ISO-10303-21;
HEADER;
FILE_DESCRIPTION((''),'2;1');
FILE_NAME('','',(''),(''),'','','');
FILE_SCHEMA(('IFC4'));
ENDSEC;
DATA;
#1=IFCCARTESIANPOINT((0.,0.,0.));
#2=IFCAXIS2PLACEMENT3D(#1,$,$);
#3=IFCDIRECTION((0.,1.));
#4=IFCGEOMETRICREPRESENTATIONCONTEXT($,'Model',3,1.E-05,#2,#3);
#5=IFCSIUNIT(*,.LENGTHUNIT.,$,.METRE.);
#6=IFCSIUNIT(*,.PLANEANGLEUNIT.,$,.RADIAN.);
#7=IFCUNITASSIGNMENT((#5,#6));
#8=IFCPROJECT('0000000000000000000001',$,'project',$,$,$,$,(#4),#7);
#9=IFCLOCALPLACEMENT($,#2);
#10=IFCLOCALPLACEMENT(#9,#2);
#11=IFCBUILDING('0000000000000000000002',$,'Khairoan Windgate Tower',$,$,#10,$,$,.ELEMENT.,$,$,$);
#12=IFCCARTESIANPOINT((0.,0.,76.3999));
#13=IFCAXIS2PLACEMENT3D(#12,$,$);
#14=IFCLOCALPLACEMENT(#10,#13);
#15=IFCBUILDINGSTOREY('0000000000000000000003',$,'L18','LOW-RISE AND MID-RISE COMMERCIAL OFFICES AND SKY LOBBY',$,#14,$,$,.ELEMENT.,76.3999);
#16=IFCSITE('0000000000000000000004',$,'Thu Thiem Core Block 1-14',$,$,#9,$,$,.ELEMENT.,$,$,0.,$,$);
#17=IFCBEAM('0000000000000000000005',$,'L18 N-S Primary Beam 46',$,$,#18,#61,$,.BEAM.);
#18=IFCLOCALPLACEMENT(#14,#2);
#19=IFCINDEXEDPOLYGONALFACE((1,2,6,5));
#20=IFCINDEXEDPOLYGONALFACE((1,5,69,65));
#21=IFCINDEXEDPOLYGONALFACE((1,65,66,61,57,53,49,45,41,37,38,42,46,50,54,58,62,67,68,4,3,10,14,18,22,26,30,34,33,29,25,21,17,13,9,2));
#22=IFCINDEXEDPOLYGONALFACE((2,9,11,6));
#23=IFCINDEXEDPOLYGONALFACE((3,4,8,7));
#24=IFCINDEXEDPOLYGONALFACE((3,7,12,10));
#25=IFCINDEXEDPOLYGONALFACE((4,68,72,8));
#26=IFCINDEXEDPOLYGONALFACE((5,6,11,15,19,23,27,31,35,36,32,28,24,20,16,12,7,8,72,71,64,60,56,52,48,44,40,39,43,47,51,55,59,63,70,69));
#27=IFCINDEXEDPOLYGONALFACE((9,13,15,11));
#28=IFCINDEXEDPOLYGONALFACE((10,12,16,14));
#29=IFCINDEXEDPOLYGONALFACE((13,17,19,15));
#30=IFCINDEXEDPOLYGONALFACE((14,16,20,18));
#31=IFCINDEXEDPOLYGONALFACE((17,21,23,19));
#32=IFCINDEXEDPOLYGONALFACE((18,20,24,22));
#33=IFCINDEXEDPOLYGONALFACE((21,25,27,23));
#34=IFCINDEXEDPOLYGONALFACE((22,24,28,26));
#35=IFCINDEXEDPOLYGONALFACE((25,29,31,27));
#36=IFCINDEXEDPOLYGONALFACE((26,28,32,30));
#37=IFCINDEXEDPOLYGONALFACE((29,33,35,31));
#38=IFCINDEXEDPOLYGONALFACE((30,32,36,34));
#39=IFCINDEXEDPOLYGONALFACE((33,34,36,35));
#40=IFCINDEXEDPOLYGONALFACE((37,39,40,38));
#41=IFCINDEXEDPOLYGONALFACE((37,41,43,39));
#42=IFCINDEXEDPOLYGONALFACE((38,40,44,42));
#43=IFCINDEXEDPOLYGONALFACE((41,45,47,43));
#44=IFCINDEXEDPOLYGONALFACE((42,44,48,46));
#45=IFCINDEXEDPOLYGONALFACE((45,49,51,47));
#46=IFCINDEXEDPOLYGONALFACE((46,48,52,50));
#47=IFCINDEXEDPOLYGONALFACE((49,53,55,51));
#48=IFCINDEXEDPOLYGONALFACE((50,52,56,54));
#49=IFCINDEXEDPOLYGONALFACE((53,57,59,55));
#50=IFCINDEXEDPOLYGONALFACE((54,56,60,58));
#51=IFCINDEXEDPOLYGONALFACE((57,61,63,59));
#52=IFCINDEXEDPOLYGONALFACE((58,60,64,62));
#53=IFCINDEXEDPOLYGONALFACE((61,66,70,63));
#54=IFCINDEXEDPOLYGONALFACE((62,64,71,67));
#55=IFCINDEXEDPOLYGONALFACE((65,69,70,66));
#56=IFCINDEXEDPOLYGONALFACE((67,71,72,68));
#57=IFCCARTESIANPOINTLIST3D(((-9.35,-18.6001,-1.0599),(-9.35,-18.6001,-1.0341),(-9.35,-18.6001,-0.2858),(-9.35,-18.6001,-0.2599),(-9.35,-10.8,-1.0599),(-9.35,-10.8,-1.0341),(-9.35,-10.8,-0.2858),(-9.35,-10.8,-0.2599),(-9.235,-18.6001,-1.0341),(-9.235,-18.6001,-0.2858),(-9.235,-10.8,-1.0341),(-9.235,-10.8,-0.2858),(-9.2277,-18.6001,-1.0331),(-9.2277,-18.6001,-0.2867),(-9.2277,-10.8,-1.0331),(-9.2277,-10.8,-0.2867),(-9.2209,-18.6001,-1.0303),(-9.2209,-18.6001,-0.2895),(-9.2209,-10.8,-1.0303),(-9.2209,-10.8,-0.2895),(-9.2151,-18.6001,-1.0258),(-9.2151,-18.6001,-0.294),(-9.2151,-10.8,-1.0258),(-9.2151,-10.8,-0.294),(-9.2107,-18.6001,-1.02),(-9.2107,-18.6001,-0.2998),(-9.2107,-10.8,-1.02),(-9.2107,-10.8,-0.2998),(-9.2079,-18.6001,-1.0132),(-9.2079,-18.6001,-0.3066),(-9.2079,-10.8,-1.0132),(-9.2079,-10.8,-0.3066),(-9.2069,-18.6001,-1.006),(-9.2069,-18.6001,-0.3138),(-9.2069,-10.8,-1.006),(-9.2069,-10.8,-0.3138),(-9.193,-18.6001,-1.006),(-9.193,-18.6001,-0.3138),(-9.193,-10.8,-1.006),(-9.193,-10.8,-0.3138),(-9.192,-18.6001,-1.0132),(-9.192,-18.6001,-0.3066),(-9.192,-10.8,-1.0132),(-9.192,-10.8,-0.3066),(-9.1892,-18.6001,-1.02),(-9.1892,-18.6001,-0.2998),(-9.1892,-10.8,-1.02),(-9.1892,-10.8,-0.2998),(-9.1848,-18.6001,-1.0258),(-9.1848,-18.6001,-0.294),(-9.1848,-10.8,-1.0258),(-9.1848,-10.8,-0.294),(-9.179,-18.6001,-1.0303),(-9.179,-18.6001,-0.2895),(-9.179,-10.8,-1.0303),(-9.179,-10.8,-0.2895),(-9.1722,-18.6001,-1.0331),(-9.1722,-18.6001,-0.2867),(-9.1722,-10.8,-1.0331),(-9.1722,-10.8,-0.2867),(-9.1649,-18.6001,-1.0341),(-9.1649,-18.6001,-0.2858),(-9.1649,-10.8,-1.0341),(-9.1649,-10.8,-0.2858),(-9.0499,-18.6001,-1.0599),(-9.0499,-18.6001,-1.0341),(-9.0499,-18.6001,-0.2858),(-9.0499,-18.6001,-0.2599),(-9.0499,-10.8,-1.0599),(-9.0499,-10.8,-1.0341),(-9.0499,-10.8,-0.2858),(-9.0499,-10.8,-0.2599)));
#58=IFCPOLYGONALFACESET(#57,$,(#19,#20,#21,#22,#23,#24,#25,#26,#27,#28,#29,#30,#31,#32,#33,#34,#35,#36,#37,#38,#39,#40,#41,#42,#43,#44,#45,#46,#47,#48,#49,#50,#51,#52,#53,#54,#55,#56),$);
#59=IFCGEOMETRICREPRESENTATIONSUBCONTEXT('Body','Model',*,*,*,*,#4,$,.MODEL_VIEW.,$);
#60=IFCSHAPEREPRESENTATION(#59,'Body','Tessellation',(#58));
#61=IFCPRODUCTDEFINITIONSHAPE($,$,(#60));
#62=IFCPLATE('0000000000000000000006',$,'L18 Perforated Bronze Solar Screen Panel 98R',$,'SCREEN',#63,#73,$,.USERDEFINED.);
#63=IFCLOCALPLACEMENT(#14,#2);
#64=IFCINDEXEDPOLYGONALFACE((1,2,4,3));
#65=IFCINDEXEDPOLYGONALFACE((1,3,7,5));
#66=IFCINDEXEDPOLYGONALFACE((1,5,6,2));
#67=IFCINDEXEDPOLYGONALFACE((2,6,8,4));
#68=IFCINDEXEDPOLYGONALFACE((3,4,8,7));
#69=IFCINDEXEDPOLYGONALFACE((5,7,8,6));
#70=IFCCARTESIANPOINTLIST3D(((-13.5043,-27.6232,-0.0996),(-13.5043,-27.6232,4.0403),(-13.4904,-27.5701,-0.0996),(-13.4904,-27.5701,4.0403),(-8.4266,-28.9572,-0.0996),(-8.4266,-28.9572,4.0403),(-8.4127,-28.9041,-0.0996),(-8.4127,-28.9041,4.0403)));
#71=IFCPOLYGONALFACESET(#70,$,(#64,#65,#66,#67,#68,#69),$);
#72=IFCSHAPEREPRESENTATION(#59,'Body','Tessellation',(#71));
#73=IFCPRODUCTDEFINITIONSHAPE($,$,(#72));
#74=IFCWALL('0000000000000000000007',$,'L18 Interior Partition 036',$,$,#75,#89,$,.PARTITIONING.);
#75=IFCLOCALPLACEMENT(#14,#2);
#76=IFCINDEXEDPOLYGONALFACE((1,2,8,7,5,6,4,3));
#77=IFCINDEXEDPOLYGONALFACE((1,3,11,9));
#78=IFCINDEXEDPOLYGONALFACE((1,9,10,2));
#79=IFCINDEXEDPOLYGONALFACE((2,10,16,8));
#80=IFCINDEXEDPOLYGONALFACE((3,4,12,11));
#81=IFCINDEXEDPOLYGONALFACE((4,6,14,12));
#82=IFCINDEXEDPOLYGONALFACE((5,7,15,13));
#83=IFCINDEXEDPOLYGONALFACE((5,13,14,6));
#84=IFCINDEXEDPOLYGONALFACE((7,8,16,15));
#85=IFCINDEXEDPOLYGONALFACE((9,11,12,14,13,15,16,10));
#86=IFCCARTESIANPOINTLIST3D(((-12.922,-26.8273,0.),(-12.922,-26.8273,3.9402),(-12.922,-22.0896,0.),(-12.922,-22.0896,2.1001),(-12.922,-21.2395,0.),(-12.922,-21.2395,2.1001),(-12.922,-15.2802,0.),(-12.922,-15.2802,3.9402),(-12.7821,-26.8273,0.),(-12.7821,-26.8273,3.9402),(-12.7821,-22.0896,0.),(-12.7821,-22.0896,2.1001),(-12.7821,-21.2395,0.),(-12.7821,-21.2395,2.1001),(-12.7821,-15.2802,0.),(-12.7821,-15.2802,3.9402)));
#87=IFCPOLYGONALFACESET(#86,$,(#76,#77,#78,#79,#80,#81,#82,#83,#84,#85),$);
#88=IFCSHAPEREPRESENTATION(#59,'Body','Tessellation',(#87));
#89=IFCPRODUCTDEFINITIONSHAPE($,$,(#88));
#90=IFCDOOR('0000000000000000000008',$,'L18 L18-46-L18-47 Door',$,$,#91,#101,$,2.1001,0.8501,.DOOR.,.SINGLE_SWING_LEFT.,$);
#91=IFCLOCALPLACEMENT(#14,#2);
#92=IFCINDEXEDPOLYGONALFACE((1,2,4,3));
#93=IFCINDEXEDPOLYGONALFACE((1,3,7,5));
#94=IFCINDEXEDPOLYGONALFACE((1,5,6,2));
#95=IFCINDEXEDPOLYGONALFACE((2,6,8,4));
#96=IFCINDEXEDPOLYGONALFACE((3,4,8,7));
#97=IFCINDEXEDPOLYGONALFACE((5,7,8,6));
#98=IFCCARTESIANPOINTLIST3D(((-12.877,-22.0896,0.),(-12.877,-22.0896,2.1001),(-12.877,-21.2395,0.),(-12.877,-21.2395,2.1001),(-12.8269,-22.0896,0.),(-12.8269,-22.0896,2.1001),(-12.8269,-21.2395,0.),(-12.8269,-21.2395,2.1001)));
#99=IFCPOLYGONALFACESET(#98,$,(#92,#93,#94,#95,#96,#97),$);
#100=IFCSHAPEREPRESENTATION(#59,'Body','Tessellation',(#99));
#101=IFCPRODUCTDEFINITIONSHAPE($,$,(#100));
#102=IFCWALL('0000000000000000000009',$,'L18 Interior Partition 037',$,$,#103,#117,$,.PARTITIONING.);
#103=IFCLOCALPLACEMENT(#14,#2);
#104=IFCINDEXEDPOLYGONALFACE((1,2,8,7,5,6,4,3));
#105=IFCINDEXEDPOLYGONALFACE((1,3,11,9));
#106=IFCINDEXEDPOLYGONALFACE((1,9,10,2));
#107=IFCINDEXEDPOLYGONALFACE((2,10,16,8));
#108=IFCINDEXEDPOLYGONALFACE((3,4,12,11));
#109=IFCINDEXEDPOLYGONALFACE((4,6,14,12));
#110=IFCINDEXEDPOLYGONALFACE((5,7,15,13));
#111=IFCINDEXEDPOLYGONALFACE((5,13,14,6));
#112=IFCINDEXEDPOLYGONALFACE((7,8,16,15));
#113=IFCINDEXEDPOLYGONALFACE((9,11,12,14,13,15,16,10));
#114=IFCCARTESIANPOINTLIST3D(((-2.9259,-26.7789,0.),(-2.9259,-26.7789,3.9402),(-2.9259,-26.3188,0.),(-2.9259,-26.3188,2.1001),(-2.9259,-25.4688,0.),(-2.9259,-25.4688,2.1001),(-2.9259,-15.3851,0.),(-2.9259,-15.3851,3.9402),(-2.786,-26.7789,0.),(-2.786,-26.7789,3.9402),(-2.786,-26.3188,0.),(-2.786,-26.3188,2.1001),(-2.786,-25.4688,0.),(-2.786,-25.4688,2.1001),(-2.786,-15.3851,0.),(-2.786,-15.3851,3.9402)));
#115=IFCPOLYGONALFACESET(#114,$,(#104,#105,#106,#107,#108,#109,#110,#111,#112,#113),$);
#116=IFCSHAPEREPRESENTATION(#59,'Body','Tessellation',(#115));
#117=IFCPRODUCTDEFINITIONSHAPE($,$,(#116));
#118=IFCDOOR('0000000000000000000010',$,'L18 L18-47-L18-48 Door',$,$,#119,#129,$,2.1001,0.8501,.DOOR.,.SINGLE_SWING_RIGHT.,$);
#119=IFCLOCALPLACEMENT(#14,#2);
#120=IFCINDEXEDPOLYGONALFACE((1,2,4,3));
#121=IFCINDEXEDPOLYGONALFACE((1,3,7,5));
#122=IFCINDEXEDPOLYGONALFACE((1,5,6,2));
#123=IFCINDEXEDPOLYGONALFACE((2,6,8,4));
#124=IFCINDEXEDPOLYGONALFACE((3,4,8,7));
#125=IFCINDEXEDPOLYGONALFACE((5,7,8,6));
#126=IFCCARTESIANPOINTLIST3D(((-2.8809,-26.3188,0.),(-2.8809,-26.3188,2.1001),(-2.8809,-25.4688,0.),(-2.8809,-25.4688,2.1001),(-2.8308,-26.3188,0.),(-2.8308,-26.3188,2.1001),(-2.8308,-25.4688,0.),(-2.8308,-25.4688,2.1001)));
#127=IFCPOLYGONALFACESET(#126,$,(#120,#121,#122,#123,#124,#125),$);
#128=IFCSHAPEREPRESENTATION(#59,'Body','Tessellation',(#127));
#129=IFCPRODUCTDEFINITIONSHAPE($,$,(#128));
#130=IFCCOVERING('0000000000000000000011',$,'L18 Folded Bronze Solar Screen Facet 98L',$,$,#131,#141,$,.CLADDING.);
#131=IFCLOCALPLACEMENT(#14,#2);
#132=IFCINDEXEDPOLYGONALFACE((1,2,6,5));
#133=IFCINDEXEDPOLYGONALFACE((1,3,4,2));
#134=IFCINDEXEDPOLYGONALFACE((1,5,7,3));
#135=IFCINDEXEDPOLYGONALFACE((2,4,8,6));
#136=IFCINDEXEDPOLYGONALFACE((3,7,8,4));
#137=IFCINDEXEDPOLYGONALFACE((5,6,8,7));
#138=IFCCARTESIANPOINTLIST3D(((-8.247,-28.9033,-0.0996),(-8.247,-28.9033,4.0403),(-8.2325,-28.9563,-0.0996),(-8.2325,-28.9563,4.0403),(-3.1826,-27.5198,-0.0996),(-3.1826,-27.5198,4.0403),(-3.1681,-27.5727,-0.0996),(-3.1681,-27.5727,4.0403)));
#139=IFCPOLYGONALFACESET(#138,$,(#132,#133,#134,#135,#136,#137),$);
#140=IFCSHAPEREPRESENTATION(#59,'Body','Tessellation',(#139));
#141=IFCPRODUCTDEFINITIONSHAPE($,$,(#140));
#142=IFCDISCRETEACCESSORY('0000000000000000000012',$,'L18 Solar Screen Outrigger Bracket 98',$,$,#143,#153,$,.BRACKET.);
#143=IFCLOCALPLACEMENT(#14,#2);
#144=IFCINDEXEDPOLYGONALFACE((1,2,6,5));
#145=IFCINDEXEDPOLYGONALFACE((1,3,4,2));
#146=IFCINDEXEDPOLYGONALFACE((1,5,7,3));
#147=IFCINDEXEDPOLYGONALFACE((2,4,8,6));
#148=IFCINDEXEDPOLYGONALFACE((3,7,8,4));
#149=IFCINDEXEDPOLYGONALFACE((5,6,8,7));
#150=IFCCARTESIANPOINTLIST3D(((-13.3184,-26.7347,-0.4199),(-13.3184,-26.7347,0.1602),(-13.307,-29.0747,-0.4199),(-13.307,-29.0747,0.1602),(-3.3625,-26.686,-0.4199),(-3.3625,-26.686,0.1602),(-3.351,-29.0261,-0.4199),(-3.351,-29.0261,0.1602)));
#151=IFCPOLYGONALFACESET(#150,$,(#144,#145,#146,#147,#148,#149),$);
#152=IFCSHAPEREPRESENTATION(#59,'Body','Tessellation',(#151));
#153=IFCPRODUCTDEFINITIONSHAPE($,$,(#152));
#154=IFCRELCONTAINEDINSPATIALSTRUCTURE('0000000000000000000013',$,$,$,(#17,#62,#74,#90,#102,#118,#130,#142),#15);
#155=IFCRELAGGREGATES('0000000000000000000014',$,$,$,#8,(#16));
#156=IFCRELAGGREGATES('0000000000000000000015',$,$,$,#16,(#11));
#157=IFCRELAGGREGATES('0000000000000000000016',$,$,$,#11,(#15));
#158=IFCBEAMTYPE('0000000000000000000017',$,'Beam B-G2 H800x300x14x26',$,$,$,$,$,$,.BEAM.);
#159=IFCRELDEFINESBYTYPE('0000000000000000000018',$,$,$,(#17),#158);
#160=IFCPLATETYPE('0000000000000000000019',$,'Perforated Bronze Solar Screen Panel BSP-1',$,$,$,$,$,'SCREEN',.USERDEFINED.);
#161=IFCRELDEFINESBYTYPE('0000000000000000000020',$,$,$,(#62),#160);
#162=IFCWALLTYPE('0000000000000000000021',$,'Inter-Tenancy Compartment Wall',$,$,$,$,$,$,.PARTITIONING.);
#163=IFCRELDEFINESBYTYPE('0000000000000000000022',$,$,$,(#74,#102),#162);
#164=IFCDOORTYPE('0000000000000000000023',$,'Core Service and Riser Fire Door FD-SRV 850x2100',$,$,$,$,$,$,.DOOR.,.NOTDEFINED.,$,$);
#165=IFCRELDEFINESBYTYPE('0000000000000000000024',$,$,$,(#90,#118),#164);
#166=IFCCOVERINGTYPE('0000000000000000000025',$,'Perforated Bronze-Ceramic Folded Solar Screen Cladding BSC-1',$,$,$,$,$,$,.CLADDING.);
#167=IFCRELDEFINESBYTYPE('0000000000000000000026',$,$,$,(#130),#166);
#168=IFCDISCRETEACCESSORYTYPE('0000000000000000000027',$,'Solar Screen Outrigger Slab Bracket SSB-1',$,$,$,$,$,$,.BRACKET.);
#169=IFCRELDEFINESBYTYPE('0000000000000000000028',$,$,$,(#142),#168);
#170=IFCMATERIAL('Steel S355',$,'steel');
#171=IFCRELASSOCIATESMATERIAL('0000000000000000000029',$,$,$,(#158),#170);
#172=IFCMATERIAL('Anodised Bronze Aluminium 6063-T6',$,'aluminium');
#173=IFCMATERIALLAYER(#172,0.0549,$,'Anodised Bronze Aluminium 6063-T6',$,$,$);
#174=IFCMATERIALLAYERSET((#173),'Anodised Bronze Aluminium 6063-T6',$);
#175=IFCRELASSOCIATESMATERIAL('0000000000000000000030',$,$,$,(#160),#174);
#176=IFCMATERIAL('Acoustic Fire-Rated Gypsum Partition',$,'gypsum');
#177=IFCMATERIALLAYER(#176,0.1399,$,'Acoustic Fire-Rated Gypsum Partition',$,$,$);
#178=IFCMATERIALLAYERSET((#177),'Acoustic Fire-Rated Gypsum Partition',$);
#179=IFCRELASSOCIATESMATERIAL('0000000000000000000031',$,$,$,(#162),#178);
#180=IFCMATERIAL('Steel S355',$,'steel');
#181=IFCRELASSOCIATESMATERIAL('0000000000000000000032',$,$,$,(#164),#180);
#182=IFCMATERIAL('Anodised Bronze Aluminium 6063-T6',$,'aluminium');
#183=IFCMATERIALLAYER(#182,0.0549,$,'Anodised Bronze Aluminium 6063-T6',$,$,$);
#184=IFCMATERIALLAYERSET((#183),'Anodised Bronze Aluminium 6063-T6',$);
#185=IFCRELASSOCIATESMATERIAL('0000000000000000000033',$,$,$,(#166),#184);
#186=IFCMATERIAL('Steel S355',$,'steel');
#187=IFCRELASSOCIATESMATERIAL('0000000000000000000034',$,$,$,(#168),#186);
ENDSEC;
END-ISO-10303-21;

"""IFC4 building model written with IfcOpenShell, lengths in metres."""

from ifc_helpers import new_model, si_unit, direction, frame, frame_2d, origin, origin_2d, place, context, subcontext, project, spatial, rectangle, i_section, extrude, material, layer, layer_set, material_profile, profile_set, type_object, element, fill, save


model = new_model("IFC4")

# Units and contexts
model_context = context("Model", 3, precision=1e-05, world=origin(), true_north=direction((0.0, 1.0)))
body_context = subcontext(model_context, "Body", "Model", "MODEL_VIEW")
ifc_project = project(units=[si_unit("LENGTHUNIT", "METRE"), si_unit("PLANEANGLEUNIT", "RADIAN")], contexts=[model_context])

# Site, building, storey
site_placement = place(None, origin())
site = spatial("IfcSite", under=ifc_project, at=site_placement, Name="Thu Thiem Core Block 1-14", CompositionType="ELEMENT", RefElevation=0.0)
building_placement = place(site_placement, origin())
building = spatial("IfcBuilding", under=site, at=building_placement, Name="Khairoan Windgate Tower", CompositionType="ELEMENT")
storey_placement = place(building_placement, frame((0.0, 0.0, 76.3999)))
storey = spatial("IfcBuildingStorey", under=building, at=storey_placement, Name="L18", Description="LOW-RISE AND MID-RISE COMMERCIAL OFFICES AND SKY LOBBY", CompositionType="ELEMENT", Elevation=76.3999)

# Beam
ifc_material_1 = material(Name="Steel S355", Category="steel")
ifc_material_profile_1 = material_profile(ifc_material_1, i_section(OverallWidth=0.3, OverallDepth=0.8, WebThickness=0.0139, FlangeThickness=0.0259, FilletRadius=0.0281, at=origin_2d()))
ifc_profile_set_1 = profile_set([ifc_material_profile_1], Name="Steel S355")
beam_type = type_object("IfcBeamType", Name="Beam B-G2 H800x300x14x26", PredefinedType="BEAM", material=ifc_profile_set_1)
beam_1_placement = place(storey_placement, frame((-9.2, -18.6001, -0.6599), z_axis=(0.0, 1.0, 0.0), x_axis=(-1.0, 0.0, 0.0)))
element("IfcBeam", 1, at=beam_1_placement, inside=storey, type_object=beam_type, Name="L18 N-S Primary Beam 46", PredefinedType="BEAM", context=body_context, shape_type="SweptSolid", body=[
    extrude(i_section(OverallWidth=0.3, OverallDepth=0.8, WebThickness=0.0139, FlangeThickness=0.0259, FilletRadius=0.0281, at=origin_2d()), origin(), (0.0, 0.0, 1.0), 7.8),
])

# Plate
ifc_material_2 = material(Name="Anodised Bronze Aluminium 6063-T6", Category="aluminium")
ifc_layer_1 = layer(ifc_material_2, 0.0549, Name="Anodised Bronze Aluminium 6063-T6")
ifc_layer_set_1 = layer_set([ifc_layer_1], Name="Anodised Bronze Aluminium 6063-T6")
plate_type = type_object("IfcPlateType", Name="Perforated Bronze Solar Screen Panel BSP-1", ElementType="SCREEN", PredefinedType="USERDEFINED", material=ifc_layer_set_1)
plate_placement = place(storey_placement, frame((-10.9585, -28.2637, -0.0996), z_axis=(0.0, 0.0, 1.0), x_axis=(-0.967179, 0.254096, 0.0)))
element("IfcPlate", 2, at=plate_placement, inside=storey, type_object=plate_type, Name="L18 Perforated Bronze Solar Screen Panel 98R", ObjectType="SCREEN", PredefinedType="USERDEFINED", context=body_context, shape_type="SweptSolid", body=[
    extrude(rectangle(XDim=5.25, YDim=0.0549, at=origin_2d()), origin(), (0.0, 0.0, 1.0), 4.1399),
])

# Walls, openings, doors
ifc_material_3 = material(Name="Acoustic Fire-Rated Gypsum Partition", Category="gypsum")
ifc_layer_2 = layer(ifc_material_3, 0.1399, Name="Acoustic Fire-Rated Gypsum Partition")
ifc_layer_set_2 = layer_set([ifc_layer_2], Name="Acoustic Fire-Rated Gypsum Partition")
wall_type = type_object("IfcWallType", Name="Inter-Tenancy Compartment Wall", PredefinedType="PARTITIONING", material=ifc_layer_set_2)
wall_1_placement = place(storey_placement, frame((-12.8521, -26.8271, 0.0), z_axis=(0.0, 0.0, 1.0), x_axis=(0.0, 1.0, 0.0)))
wall_1 = element("IfcWall", 3, at=wall_1_placement, inside=storey, type_object=wall_type, Name="L18 Interior Partition 036", PredefinedType="PARTITIONING", context=body_context, shape_type="SweptSolid", body=[
    extrude(rectangle(XDim=11.5471, YDim=0.1399, at=frame_2d((5.7734, 0.0))), origin(), (0.0, 0.0, 1.0), 3.9402),
])
opening_1_placement = place(wall_1_placement, frame((4.7375, 0.0, 0.0)))
opening_1 = element("IfcOpeningElement", 4, at=opening_1_placement, cuts=wall_1, PredefinedType="OPENING", context=body_context, shape_type="SweptSolid", body=[
    extrude(rectangle(XDim=0.8501, YDim=2.1001, at=frame_2d((0.425, 1.05))), frame((0.0, 0.0798, 0.0), z_axis=(0.0, -1.0, 0.0), x_axis=(1.0, 0.0, 0.0)), (0.0, 0.0, 1.0), 0.1599),
])
ifc_material_4 = material(Name="Steel S355", Category="steel")
door_type = type_object("IfcDoorType", Name="Core Service and Riser Fire Door FD-SRV 850x2100", OperationType="NOTDEFINED", PredefinedType="DOOR", material=ifc_material_4)
door_1_placement = place(opening_1_placement, origin())
door_1 = element("IfcDoor", 5, at=door_1_placement, inside=storey, type_object=door_type, Name="L18 L18-46-L18-47 Door", OperationType="SINGLE_SWING_LEFT", OverallHeight=2.1001, OverallWidth=0.8501, PredefinedType="DOOR", context=body_context, shape_type="SweptSolid", body=[
    extrude(rectangle(XDim=0.8501, YDim=2.1001, at=frame_2d((0.425, 1.05))), frame((0.0, 0.0249, 0.0), z_axis=(0.0, -1.0, 0.0), x_axis=(1.0, 0.0, 0.0)), (0.0, 0.0, 1.0), 0.05),
])
fill(opening_1, door_1)
wall_2_placement = place(storey_placement, frame((-2.856, -26.7788, 0.0), z_axis=(0.0, 0.0, 1.0), x_axis=(0.0, 1.0, 0.0)))
wall_2 = element("IfcWall", 6, at=wall_2_placement, inside=storey, type_object=wall_type, Name="L18 Interior Partition 037", PredefinedType="PARTITIONING", context=body_context, shape_type="SweptSolid", body=[
    extrude(rectangle(XDim=11.3938, YDim=0.1399, at=frame_2d((5.6968, 0.0))), origin(), (0.0, 0.0, 1.0), 3.9402),
])
opening_2_placement = place(wall_2_placement, frame((0.46, 0.0, 0.0)))
opening_2 = element("IfcOpeningElement", 7, at=opening_2_placement, cuts=wall_2, PredefinedType="OPENING", context=body_context, shape_type="SweptSolid", body=[
    extrude(rectangle(XDim=0.8501, YDim=2.1001, at=frame_2d((0.425, 1.05))), frame((0.0, 0.0798, 0.0), z_axis=(0.0, -1.0, 0.0), x_axis=(1.0, 0.0, 0.0)), (0.0, 0.0, 1.0), 0.1599),
])
door_2_placement = place(opening_2_placement, origin())
door_2 = element("IfcDoor", 8, at=door_2_placement, inside=storey, type_object=door_type, Name="L18 L18-47-L18-48 Door", OperationType="SINGLE_SWING_RIGHT", OverallHeight=2.1001, OverallWidth=0.8501, PredefinedType="DOOR", context=body_context, shape_type="SweptSolid", body=[
    extrude(rectangle(XDim=0.8501, YDim=2.1001, at=frame_2d((0.425, 1.05))), frame((0.0, 0.0249, 0.0), z_axis=(0.0, -1.0, 0.0), x_axis=(1.0, 0.0, 0.0)), (0.0, 0.0, 1.0), 0.05),
])
fill(opening_2, door_2)

# Covering
ifc_material_5 = material(Name="Anodised Bronze Aluminium 6063-T6", Category="aluminium")
ifc_layer_3 = layer(ifc_material_5, 0.0549, Name="Anodised Bronze Aluminium 6063-T6")
ifc_layer_set_3 = layer_set([ifc_layer_3], Name="Anodised Bronze Aluminium 6063-T6")
covering_type = type_object("IfcCoveringType", Name="Perforated Bronze-Ceramic Folded Solar Screen Cladding BSC-1", PredefinedType="CLADDING", material=ifc_layer_set_3)
covering_placement = place(storey_placement, frame((-5.7075, -28.238, -0.0996), z_axis=(0.0, 0.0, 1.0), x_axis=(-0.964649, -0.263536, 0.0)))
element("IfcCovering", 9, at=covering_placement, inside=storey, type_object=covering_type, Name="L18 Folded Bronze Solar Screen Facet 98L", PredefinedType="CLADDING", context=body_context, shape_type="SweptSolid", body=[
    extrude(rectangle(XDim=5.25, YDim=0.0549, at=origin_2d()), origin(), (0.0, 0.0, 1.0), 4.1399),
])

# Discrete accessory
ifc_material_6 = material(Name="Steel S355", Category="steel")
discrete_accessory_type = type_object("IfcDiscreteAccessoryType", Name="Solar Screen Outrigger Slab Bracket SSB-1", PredefinedType="BRACKET", material=ifc_material_6)
discrete_accessory_placement = place(storey_placement, frame((-8.3347, -27.8804, -0.4199), z_axis=(0.0, 0.0, 1.0), x_axis=(-0.999988, -0.004887, 0.0)))
element("IfcDiscreteAccessory", 10, at=discrete_accessory_placement, inside=storey, type_object=discrete_accessory_type, Name="L18 Solar Screen Outrigger Bracket 98", PredefinedType="BRACKET", context=body_context, shape_type="SweptSolid", body=[
    extrude(rectangle(XDim=9.9561, YDim=2.3401, at=origin_2d()), origin(), (0.0, 0.0, 1.0), 0.5801),
])

save(model, "model.ifc")
